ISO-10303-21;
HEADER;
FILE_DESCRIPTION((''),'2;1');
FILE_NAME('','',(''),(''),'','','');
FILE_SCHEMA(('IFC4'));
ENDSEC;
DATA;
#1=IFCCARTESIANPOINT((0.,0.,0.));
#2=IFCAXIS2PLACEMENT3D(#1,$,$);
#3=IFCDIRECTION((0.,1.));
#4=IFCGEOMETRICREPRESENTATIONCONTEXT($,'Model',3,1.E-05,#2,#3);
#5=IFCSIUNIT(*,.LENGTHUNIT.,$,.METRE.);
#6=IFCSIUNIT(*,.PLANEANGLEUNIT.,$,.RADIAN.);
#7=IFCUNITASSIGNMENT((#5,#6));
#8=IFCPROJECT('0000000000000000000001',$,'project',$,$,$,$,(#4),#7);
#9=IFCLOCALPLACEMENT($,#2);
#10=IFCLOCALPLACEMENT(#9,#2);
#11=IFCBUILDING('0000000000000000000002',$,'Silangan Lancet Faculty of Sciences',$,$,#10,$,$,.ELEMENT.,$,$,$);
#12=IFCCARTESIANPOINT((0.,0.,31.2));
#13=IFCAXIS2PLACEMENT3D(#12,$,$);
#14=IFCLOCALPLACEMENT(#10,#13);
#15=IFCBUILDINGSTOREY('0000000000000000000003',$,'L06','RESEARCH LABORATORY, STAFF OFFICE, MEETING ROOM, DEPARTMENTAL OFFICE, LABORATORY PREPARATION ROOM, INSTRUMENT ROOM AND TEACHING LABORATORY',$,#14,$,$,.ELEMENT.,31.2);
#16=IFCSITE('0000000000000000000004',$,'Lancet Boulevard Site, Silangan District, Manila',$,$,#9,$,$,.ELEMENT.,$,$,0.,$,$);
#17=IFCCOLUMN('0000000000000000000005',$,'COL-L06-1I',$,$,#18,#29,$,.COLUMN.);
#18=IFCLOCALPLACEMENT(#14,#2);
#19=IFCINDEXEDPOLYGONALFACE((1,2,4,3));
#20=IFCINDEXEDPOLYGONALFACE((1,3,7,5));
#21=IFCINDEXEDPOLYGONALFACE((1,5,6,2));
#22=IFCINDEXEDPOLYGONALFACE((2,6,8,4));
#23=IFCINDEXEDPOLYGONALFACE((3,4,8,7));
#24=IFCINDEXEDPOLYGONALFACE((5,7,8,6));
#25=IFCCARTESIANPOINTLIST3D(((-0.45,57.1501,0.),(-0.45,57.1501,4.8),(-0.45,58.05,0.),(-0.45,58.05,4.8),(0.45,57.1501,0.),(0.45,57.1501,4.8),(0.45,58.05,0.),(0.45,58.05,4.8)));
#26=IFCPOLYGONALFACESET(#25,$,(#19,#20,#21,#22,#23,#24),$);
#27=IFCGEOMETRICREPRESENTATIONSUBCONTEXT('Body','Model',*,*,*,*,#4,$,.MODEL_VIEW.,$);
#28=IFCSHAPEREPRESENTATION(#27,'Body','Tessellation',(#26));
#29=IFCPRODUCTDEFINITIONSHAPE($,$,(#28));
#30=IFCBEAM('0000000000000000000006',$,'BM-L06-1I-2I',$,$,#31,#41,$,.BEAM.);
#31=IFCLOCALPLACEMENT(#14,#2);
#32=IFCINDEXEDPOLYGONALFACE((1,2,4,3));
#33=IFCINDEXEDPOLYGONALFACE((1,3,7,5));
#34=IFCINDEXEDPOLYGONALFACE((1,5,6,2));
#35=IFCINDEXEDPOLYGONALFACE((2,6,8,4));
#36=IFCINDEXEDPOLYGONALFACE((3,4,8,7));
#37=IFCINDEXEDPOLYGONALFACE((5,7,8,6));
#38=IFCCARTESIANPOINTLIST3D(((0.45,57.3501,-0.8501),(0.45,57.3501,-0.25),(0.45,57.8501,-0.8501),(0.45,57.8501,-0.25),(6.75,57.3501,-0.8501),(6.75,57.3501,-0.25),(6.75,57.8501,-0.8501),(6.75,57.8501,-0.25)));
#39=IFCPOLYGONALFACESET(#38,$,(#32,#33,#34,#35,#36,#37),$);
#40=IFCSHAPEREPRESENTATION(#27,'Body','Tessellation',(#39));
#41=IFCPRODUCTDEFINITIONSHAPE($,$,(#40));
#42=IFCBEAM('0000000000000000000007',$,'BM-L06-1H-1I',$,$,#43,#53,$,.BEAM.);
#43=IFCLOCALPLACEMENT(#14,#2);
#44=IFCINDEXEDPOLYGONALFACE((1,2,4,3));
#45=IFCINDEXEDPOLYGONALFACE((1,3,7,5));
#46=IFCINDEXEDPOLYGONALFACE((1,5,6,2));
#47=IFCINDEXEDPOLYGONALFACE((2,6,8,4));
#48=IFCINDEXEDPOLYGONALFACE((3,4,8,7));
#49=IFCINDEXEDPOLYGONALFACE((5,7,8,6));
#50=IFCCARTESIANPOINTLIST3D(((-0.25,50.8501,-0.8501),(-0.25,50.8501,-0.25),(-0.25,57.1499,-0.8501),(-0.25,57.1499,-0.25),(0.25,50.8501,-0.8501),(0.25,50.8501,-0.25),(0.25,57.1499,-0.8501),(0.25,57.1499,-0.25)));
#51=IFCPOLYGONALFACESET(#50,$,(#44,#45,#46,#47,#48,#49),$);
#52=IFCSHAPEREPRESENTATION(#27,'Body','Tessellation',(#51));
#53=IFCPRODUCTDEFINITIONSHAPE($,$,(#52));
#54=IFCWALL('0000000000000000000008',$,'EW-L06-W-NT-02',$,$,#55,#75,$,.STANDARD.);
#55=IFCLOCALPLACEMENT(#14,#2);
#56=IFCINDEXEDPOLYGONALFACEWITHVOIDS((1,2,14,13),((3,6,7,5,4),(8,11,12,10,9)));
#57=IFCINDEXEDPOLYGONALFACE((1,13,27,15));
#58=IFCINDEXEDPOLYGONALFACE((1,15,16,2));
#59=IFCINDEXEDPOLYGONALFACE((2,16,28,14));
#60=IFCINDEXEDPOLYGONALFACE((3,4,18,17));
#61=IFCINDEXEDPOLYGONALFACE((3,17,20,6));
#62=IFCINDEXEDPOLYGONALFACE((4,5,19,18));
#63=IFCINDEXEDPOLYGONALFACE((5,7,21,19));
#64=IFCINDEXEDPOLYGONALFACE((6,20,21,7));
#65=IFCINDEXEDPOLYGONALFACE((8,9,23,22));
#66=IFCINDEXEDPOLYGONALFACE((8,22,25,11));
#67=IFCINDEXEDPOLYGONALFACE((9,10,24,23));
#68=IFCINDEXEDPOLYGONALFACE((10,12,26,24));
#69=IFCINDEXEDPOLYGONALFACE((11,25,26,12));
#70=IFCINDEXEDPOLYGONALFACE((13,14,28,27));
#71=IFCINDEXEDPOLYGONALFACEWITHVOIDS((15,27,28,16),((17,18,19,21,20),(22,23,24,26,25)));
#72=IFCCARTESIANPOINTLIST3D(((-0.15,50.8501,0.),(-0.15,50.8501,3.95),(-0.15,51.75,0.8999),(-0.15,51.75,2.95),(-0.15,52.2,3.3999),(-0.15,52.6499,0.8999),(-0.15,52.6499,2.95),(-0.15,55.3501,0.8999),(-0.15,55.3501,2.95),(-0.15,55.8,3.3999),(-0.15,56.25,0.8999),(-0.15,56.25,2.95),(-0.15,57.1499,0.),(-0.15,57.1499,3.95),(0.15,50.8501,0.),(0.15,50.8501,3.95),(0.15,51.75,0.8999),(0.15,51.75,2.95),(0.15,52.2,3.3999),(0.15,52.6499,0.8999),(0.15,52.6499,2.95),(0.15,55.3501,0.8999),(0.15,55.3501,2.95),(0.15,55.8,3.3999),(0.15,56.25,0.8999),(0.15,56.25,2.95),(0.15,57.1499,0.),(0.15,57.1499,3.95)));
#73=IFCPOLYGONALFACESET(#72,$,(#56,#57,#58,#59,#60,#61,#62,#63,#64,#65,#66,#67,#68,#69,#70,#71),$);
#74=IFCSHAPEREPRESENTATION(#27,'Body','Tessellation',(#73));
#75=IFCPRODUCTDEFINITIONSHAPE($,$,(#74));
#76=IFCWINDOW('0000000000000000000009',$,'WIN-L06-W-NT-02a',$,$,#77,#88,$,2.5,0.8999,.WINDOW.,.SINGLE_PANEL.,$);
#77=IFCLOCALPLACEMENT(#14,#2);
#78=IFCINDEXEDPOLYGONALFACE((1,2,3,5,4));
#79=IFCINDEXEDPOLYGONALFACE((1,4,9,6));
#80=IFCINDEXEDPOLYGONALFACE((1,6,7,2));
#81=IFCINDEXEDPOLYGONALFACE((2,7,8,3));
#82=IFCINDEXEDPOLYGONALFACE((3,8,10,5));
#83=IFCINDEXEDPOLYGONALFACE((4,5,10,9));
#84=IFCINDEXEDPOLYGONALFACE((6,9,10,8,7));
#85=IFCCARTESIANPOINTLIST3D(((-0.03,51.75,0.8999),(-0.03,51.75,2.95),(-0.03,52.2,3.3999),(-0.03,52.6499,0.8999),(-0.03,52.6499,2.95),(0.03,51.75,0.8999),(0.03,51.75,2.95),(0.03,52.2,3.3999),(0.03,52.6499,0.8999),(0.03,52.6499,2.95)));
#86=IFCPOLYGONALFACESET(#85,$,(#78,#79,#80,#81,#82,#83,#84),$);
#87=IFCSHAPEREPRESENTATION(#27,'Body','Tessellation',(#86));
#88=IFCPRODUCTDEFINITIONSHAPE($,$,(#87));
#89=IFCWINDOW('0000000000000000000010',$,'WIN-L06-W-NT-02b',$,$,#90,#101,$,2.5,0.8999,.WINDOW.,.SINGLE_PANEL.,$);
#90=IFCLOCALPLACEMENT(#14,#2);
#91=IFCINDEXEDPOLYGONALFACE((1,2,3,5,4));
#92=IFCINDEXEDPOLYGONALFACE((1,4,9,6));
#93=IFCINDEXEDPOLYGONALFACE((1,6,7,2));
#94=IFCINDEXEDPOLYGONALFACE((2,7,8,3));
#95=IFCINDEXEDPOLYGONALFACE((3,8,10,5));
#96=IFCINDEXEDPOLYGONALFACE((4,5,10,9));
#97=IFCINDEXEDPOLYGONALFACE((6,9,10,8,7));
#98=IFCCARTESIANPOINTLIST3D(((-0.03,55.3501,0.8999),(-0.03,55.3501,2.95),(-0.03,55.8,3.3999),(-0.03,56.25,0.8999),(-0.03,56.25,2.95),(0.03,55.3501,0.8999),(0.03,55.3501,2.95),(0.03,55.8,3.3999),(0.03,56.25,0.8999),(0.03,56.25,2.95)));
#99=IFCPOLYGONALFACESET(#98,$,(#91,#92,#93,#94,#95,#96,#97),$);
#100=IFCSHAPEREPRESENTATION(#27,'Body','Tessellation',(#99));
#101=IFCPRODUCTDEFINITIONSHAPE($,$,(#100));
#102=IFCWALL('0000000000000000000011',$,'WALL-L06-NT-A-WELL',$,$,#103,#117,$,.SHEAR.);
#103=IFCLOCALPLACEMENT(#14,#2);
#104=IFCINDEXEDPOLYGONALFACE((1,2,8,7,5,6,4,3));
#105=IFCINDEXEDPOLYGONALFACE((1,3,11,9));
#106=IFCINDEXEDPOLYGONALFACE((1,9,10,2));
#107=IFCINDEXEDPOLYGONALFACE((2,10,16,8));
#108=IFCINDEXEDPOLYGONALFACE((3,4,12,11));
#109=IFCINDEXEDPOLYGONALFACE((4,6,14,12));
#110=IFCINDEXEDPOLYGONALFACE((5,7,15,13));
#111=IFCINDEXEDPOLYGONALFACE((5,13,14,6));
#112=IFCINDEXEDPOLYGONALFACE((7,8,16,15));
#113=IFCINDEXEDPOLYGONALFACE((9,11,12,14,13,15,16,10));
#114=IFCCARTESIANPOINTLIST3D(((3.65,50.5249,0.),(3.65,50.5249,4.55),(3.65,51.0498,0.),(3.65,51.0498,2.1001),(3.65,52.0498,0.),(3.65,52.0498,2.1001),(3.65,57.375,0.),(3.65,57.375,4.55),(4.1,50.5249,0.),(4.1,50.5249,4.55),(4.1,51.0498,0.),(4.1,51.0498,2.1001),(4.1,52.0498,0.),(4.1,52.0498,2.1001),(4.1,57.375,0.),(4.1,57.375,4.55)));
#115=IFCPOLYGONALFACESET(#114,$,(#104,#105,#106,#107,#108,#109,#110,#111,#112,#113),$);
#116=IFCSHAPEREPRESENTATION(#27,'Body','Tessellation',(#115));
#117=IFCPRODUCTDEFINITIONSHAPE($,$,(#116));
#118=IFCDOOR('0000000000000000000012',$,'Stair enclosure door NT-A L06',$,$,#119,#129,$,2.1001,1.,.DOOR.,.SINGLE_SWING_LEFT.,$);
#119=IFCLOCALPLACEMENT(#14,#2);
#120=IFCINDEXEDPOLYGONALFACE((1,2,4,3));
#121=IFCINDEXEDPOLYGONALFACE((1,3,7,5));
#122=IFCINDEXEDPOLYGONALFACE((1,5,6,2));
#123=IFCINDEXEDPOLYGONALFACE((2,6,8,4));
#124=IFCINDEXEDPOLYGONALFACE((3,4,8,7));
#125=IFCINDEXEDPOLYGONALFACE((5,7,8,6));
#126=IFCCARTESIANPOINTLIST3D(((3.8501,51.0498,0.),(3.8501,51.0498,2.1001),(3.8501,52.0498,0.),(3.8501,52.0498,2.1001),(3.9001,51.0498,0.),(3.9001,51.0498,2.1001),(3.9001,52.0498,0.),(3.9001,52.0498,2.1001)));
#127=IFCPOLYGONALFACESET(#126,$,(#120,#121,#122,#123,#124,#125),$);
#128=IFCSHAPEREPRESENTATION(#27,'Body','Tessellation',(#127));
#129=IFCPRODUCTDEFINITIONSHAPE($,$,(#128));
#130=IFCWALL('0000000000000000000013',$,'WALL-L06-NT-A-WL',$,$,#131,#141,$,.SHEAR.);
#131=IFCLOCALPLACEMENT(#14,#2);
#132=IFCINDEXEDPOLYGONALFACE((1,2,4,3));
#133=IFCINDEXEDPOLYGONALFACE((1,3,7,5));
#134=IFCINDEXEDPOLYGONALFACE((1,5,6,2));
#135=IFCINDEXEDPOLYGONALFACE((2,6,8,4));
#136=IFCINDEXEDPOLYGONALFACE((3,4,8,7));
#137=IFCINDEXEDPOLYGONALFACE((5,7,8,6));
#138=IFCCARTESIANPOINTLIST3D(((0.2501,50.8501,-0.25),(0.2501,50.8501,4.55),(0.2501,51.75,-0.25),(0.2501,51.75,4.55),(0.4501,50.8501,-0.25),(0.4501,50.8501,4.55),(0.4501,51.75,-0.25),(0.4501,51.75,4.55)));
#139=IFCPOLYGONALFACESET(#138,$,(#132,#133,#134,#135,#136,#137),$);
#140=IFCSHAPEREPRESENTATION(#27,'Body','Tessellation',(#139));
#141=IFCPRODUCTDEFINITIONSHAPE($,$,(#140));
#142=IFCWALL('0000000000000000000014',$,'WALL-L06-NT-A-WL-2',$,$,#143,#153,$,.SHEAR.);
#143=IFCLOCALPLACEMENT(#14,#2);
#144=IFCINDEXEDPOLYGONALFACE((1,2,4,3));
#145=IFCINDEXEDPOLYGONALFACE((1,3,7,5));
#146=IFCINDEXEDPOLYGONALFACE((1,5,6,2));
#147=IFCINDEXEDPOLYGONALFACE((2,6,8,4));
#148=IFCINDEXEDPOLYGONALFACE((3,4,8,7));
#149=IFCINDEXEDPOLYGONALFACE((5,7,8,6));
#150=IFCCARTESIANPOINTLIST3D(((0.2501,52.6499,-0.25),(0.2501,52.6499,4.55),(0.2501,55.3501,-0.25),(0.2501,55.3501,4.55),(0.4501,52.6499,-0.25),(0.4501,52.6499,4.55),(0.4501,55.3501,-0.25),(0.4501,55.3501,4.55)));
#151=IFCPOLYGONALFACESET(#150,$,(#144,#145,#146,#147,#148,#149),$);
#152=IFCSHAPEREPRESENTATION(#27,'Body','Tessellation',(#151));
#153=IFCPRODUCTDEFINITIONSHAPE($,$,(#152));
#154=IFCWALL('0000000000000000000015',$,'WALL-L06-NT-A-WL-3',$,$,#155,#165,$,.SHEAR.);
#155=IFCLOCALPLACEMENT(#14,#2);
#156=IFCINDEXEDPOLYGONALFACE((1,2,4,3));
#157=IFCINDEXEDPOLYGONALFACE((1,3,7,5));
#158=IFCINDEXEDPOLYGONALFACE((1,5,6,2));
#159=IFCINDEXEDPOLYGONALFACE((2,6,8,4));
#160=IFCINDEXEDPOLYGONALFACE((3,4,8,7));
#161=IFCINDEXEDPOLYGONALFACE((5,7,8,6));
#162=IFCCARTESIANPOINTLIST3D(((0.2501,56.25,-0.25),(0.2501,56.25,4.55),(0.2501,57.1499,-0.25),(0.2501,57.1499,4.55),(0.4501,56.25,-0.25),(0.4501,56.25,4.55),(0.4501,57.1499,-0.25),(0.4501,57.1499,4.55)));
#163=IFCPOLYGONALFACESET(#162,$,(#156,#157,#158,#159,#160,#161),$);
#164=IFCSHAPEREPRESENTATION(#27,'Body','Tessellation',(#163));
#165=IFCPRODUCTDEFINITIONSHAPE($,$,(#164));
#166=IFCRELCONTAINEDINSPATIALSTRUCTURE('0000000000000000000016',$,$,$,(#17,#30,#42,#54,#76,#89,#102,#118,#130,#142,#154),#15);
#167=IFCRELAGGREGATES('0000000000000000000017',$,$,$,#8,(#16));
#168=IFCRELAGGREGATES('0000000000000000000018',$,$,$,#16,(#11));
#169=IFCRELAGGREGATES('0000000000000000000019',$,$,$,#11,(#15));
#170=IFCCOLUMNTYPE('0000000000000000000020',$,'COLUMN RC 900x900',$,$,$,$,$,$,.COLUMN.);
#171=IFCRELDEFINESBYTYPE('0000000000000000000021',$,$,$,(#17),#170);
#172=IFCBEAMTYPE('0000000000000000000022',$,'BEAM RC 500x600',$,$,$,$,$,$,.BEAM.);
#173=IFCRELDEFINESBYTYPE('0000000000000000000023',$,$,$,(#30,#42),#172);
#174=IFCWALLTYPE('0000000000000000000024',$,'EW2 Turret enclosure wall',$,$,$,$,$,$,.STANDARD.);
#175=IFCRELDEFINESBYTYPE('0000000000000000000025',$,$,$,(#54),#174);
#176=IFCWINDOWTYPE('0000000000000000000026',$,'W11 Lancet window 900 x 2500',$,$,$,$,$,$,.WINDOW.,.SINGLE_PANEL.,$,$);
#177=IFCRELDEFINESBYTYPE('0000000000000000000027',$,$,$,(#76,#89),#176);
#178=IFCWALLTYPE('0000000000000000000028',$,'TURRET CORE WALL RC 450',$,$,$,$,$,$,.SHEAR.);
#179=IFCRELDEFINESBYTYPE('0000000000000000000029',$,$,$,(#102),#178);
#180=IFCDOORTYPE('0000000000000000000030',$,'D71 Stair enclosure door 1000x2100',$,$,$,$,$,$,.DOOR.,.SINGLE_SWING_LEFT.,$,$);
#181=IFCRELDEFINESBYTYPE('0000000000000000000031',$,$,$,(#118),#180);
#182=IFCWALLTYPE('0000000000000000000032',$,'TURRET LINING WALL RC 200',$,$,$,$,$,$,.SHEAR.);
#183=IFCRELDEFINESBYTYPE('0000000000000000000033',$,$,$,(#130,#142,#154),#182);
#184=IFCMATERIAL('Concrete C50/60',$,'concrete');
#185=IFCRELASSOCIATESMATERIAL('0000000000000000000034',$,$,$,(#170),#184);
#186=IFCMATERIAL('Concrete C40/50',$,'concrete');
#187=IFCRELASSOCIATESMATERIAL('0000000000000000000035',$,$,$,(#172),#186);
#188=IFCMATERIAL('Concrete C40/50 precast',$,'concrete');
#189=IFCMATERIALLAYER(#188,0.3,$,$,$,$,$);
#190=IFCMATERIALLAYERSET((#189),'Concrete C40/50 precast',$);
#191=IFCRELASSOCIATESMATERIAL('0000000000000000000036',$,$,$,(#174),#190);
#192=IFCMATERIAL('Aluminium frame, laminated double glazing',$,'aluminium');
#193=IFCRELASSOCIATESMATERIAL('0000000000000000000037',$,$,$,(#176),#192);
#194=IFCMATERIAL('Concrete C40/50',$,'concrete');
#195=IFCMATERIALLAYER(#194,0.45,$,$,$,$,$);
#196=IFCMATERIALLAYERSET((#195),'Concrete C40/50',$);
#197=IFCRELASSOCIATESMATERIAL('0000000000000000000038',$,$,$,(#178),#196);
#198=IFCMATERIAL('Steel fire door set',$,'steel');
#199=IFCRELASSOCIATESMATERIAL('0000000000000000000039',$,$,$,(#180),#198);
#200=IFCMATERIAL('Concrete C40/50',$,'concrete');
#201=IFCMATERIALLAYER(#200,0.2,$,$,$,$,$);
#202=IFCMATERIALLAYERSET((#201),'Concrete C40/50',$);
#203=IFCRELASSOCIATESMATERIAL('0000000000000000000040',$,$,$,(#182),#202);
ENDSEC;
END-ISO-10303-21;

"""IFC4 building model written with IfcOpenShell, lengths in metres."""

from ifc_helpers import new_model, si_unit, direction, frame, frame_2d, origin, origin_2d, place, context, subcontext, project, spatial, polyline, rectangle, outline, extrude, material, layer, layer_set, material_profile, profile_set, type_object, element, fill, save


model = new_model("IFC4")

# Units and contexts
model_context = context("Model", 3, precision=1e-05, world=origin(), true_north=direction((0.0, 1.0)))
body_context = subcontext(model_context, "Body", "Model", "MODEL_VIEW")
ifc_project = project(units=[si_unit("LENGTHUNIT", "METRE"), si_unit("PLANEANGLEUNIT", "RADIAN")], contexts=[model_context])

# Site, building, storey
site_placement = place(None, origin())
site = spatial("IfcSite", under=ifc_project, at=site_placement, Name="Lancet Boulevard Site, Silangan District, Manila", CompositionType="ELEMENT", RefElevation=0.0)
building_placement = place(site_placement, origin())
building = spatial("IfcBuilding", under=site, at=building_placement, Name="Silangan Lancet Faculty of Sciences", CompositionType="ELEMENT")
storey_placement = place(building_placement, frame((0.0, 0.0, 31.2)))
storey = spatial("IfcBuildingStorey", under=building, at=storey_placement, Name="L06", Description="RESEARCH LABORATORY, STAFF OFFICE, MEETING ROOM, DEPARTMENTAL OFFICE, LABORATORY PREPARATION ROOM, INSTRUMENT ROOM AND TEACHING LABORATORY", CompositionType="ELEMENT", Elevation=31.2)

# Column
ifc_material_1 = material(Name="Concrete C50/60", Category="concrete")
ifc_material_profile_1 = material_profile(ifc_material_1, rectangle(XDim=0.8999, YDim=0.8999, at=origin_2d()), Name="RC 900x900")
ifc_profile_set_1 = profile_set([ifc_material_profile_1], Name="Concrete C50/60")
column_type = type_object("IfcColumnType", Name="COLUMN RC 900x900", PredefinedType="COLUMN", material=ifc_profile_set_1)
column_placement = place(storey_placement, frame((0.0, 57.6001, 0.0), z_axis=(0.0, 0.0, 1.0), x_axis=(1.0, 0.0, 0.0)))
element("IfcColumn", 1, at=column_placement, inside=storey, type_object=column_type, Name="COL-L06-1I", PredefinedType="COLUMN", context=body_context, shape_type="SweptSolid", body=[
    extrude(rectangle(XDim=0.8999, YDim=0.8999, at=origin_2d()), origin(), (0.0, 0.0, 1.0), 4.8),
])

# Beams
ifc_material_2 = material(Name="Concrete C40/50", Category="concrete")
ifc_material_profile_2 = material_profile(ifc_material_2, rectangle(XDim=0.5, YDim=0.6001, at=origin_2d()), Name="RC 500x600")
ifc_profile_set_2 = profile_set([ifc_material_profile_2], Name="Concrete C40/50")
beam_type = type_object("IfcBeamType", Name="BEAM RC 500x600", PredefinedType="BEAM", material=ifc_profile_set_2)
beam_1_placement = place(storey_placement, frame((0.45, 57.6001, -0.55), z_axis=(1.0, 0.0, 0.0), x_axis=(0.0, 1.0, 0.0)))
element("IfcBeam", 2, at=beam_1_placement, inside=storey, type_object=beam_type, Name="BM-L06-1I-2I", PredefinedType="BEAM", context=body_context, shape_type="SweptSolid", body=[
    extrude(rectangle(XDim=0.5, YDim=0.6001, at=origin_2d()), origin(), (0.0, 0.0, 1.0), 6.3),
])
beam_2_placement = place(storey_placement, frame((0.0, 50.8501, -0.55), z_axis=(0.0, 1.0, 0.0), x_axis=(-1.0, 0.0, 0.0)))
element("IfcBeam", 3, at=beam_2_placement, inside=storey, type_object=beam_type, Name="BM-L06-1H-1I", PredefinedType="BEAM", context=body_context, shape_type="SweptSolid", body=[
    extrude(rectangle(XDim=0.5, YDim=0.6001, at=origin_2d()), origin(), (0.0, 0.0, 1.0), 6.2998),
])

# Wall, openings, windows
ifc_material_3 = material(Name="Concrete C40/50 precast", Category="concrete")
ifc_layer_1 = layer(ifc_material_3, 0.3)
ifc_layer_set_1 = layer_set([ifc_layer_1], Name="Concrete C40/50 precast")
wall_type_1 = type_object("IfcWallType", Name="EW2 Turret enclosure wall", PredefinedType="STANDARD", material=ifc_layer_set_1)
wall_1_placement = place(storey_placement, frame((0.0, 50.8501, 0.0), z_axis=(0.0, 0.0, 1.0), x_axis=(0.0, 1.0, 0.0)))
wall_1 = element("IfcWall", 4, at=wall_1_placement, inside=storey, type_object=wall_type_1, Name="EW-L06-W-NT-02", PredefinedType="STANDARD", context=body_context, shape_type="SweptSolid", body=[
    extrude(rectangle(XDim=6.2998, YDim=0.3, at=frame_2d((3.1499, 0.0))), origin(), (0.0, 0.0, 1.0), 3.95),
])
opening_1_placement = place(wall_1_placement, frame((0.8999, 0.0, 0.8999)))
opening_1 = element("IfcOpeningElement", 5, at=opening_1_placement, cuts=wall_1, PredefinedType="OPENING", context=body_context, shape_type="SweptSolid", body=[
    extrude(outline(polyline([(0.0, 0.0), (0.8999, 0.0), (0.8999, 2.05), (0.45, 2.5), (0.0, 2.05), (0.0, 0.0)])), frame((0.0, 0.1599, 0.0), z_axis=(0.0, -1.0, 0.0), x_axis=(1.0, 0.0, 0.0)), (0.0, 0.0, 1.0), 0.3201),
])
opening_2_placement = place(wall_1_placement, frame((4.5, 0.0, 0.8999)))
opening_2 = element("IfcOpeningElement", 6, at=opening_2_placement, cuts=wall_1, PredefinedType="OPENING", context=body_context, shape_type="SweptSolid", body=[
    extrude(outline(polyline([(0.0, 0.0), (0.8999, 0.0), (0.8999, 2.05), (0.45, 2.5), (0.0, 2.05), (0.0, 0.0)])), frame((0.0, 0.1599, 0.0), z_axis=(0.0, -1.0, 0.0), x_axis=(1.0, 0.0, 0.0)), (0.0, 0.0, 1.0), 0.3201),
])
ifc_material_4 = material(Name="Aluminium frame, laminated double glazing", Category="aluminium")
window_type = type_object("IfcWindowType", Name="W11 Lancet window 900 x 2500", PartitioningType="SINGLE_PANEL", PredefinedType="WINDOW", material=ifc_material_4)
window_1_placement = place(opening_1_placement, origin())
window_1 = element("IfcWindow", 7, at=window_1_placement, inside=storey, type_object=window_type, Name="WIN-L06-W-NT-02a", OverallHeight=2.5, OverallWidth=0.8999, PartitioningType="SINGLE_PANEL", PredefinedType="WINDOW", context=body_context, shape_type="SweptSolid", body=[
    extrude(outline(polyline([(0.0, 0.0), (0.8999, 0.0), (0.8999, 2.05), (0.45, 2.5), (0.0, 2.05), (0.0, 0.0)])), frame((0.0, 0.03, 0.0), z_axis=(0.0, -1.0, 0.0), x_axis=(1.0, 0.0, 0.0)), (0.0, 0.0, 1.0), 0.0601),
])
fill(opening_1, window_1)
window_2_placement = place(opening_2_placement, origin())
window_2 = element("IfcWindow", 8, at=window_2_placement, inside=storey, type_object=window_type, Name="WIN-L06-W-NT-02b", OverallHeight=2.5, OverallWidth=0.8999, PartitioningType="SINGLE_PANEL", PredefinedType="WINDOW", context=body_context, shape_type="SweptSolid", body=[
    extrude(outline(polyline([(0.0, 0.0), (0.8999, 0.0), (0.8999, 2.05), (0.45, 2.5), (0.0, 2.05), (0.0, 0.0)])), frame((0.0, 0.03, 0.0), z_axis=(0.0, -1.0, 0.0), x_axis=(1.0, 0.0, 0.0)), (0.0, 0.0, 1.0), 0.0601),
])
fill(opening_2, window_2)

# Wall, opening, door
ifc_material_5 = material(Name="Concrete C40/50", Category="concrete")
ifc_layer_2 = layer(ifc_material_5, 0.45)
ifc_layer_set_2 = layer_set([ifc_layer_2], Name="Concrete C40/50")
wall_type_2 = type_object("IfcWallType", Name="TURRET CORE WALL RC 450", PredefinedType="SHEAR", material=ifc_layer_set_2)
wall_2_placement = place(storey_placement, frame((3.875, 50.5249, 0.0), z_axis=(0.0, 0.0, 1.0), x_axis=(0.0, 1.0, 0.0)))
wall_2 = element("IfcWall", 9, at=wall_2_placement, inside=storey, type_object=wall_type_2, Name="WALL-L06-NT-A-WELL", PredefinedType="SHEAR", context=body_context, shape_type="SweptSolid", body=[
    extrude(rectangle(XDim=6.8501, YDim=0.45, at=frame_2d((3.425, 0.0))), origin(), (0.0, 0.0, 1.0), 4.55),
])
opening_3_placement = place(wall_2_placement, frame((0.5249, 0.0, 0.0)))
opening_3 = element("IfcOpeningElement", 10, at=opening_3_placement, cuts=wall_2, PredefinedType="OPENING", context=body_context, shape_type="SweptSolid", body=[
    extrude(rectangle(XDim=1.0, YDim=2.1001, at=frame_2d((0.5, 1.05))), frame((0.0, 0.2349, 0.0), z_axis=(0.0, -1.0, 0.0), x_axis=(1.0, 0.0, 0.0)), (0.0, 0.0, 1.0), 0.47),
])
ifc_material_6 = material(Name="Steel fire door set", Category="steel")
door_type = type_object("IfcDoorType", Name="D71 Stair enclosure door 1000x2100", OperationType="SINGLE_SWING_LEFT", PredefinedType="DOOR", material=ifc_material_6)
door_placement = place(opening_3_placement, origin())
door = element("IfcDoor", 11, at=door_placement, inside=storey, type_object=door_type, Name="Stair enclosure door NT-A L06", OperationType="SINGLE_SWING_LEFT", OverallHeight=2.1001, OverallWidth=1.0, PredefinedType="DOOR", context=body_context, shape_type="SweptSolid", body=[
    extrude(rectangle(XDim=1.0, YDim=2.1001, at=frame_2d((0.5, 1.05))), frame((0.0, 0.0249, 0.0), z_axis=(0.0, -1.0, 0.0), x_axis=(1.0, 0.0, 0.0)), (0.0, 0.0, 1.0), 0.05),
])
fill(opening_3, door)

# Walls
ifc_material_7 = material(Name="Concrete C40/50", Category="concrete")
ifc_layer_3 = layer(ifc_material_7, 0.2)
ifc_layer_set_3 = layer_set([ifc_layer_3], Name="Concrete C40/50")
wall_type_3 = type_object("IfcWallType", Name="TURRET LINING WALL RC 200", PredefinedType="SHEAR", material=ifc_layer_set_3)
wall_3_placement = place(storey_placement, frame((0.3501, 50.8501, -0.25), z_axis=(0.0, 0.0, 1.0), x_axis=(0.0, 1.0, 0.0)))
element("IfcWall", 12, at=wall_3_placement, inside=storey, type_object=wall_type_3, Name="WALL-L06-NT-A-WL", PredefinedType="SHEAR", context=body_context, shape_type="SweptSolid", body=[
    extrude(rectangle(XDim=0.8999, YDim=0.2, at=frame_2d((0.45, 0.0))), origin(), (0.0, 0.0, 1.0), 4.8),
])
wall_4_placement = place(storey_placement, frame((0.3501, 52.6499, -0.25), z_axis=(0.0, 0.0, 1.0), x_axis=(0.0, 1.0, 0.0)))
element("IfcWall", 13, at=wall_4_placement, inside=storey, type_object=wall_type_3, Name="WALL-L06-NT-A-WL-2", PredefinedType="SHEAR", context=body_context, shape_type="SweptSolid", body=[
    extrude(rectangle(XDim=2.7002, YDim=0.2, at=frame_2d((1.3501, 0.0))), origin(), (0.0, 0.0, 1.0), 4.8),
])
wall_5_placement = place(storey_placement, frame((0.3501, 56.25, -0.25), z_axis=(0.0, 0.0, 1.0), x_axis=(0.0, 1.0, 0.0)))
element("IfcWall", 14, at=wall_5_placement, inside=storey, type_object=wall_type_3, Name="WALL-L06-NT-A-WL-3", PredefinedType="SHEAR", context=body_context, shape_type="SweptSolid", body=[
    extrude(rectangle(XDim=0.8999, YDim=0.2, at=frame_2d((0.45, 0.0))), origin(), (0.0, 0.0, 1.0), 4.8),
])

save(model, "model.ifc")
